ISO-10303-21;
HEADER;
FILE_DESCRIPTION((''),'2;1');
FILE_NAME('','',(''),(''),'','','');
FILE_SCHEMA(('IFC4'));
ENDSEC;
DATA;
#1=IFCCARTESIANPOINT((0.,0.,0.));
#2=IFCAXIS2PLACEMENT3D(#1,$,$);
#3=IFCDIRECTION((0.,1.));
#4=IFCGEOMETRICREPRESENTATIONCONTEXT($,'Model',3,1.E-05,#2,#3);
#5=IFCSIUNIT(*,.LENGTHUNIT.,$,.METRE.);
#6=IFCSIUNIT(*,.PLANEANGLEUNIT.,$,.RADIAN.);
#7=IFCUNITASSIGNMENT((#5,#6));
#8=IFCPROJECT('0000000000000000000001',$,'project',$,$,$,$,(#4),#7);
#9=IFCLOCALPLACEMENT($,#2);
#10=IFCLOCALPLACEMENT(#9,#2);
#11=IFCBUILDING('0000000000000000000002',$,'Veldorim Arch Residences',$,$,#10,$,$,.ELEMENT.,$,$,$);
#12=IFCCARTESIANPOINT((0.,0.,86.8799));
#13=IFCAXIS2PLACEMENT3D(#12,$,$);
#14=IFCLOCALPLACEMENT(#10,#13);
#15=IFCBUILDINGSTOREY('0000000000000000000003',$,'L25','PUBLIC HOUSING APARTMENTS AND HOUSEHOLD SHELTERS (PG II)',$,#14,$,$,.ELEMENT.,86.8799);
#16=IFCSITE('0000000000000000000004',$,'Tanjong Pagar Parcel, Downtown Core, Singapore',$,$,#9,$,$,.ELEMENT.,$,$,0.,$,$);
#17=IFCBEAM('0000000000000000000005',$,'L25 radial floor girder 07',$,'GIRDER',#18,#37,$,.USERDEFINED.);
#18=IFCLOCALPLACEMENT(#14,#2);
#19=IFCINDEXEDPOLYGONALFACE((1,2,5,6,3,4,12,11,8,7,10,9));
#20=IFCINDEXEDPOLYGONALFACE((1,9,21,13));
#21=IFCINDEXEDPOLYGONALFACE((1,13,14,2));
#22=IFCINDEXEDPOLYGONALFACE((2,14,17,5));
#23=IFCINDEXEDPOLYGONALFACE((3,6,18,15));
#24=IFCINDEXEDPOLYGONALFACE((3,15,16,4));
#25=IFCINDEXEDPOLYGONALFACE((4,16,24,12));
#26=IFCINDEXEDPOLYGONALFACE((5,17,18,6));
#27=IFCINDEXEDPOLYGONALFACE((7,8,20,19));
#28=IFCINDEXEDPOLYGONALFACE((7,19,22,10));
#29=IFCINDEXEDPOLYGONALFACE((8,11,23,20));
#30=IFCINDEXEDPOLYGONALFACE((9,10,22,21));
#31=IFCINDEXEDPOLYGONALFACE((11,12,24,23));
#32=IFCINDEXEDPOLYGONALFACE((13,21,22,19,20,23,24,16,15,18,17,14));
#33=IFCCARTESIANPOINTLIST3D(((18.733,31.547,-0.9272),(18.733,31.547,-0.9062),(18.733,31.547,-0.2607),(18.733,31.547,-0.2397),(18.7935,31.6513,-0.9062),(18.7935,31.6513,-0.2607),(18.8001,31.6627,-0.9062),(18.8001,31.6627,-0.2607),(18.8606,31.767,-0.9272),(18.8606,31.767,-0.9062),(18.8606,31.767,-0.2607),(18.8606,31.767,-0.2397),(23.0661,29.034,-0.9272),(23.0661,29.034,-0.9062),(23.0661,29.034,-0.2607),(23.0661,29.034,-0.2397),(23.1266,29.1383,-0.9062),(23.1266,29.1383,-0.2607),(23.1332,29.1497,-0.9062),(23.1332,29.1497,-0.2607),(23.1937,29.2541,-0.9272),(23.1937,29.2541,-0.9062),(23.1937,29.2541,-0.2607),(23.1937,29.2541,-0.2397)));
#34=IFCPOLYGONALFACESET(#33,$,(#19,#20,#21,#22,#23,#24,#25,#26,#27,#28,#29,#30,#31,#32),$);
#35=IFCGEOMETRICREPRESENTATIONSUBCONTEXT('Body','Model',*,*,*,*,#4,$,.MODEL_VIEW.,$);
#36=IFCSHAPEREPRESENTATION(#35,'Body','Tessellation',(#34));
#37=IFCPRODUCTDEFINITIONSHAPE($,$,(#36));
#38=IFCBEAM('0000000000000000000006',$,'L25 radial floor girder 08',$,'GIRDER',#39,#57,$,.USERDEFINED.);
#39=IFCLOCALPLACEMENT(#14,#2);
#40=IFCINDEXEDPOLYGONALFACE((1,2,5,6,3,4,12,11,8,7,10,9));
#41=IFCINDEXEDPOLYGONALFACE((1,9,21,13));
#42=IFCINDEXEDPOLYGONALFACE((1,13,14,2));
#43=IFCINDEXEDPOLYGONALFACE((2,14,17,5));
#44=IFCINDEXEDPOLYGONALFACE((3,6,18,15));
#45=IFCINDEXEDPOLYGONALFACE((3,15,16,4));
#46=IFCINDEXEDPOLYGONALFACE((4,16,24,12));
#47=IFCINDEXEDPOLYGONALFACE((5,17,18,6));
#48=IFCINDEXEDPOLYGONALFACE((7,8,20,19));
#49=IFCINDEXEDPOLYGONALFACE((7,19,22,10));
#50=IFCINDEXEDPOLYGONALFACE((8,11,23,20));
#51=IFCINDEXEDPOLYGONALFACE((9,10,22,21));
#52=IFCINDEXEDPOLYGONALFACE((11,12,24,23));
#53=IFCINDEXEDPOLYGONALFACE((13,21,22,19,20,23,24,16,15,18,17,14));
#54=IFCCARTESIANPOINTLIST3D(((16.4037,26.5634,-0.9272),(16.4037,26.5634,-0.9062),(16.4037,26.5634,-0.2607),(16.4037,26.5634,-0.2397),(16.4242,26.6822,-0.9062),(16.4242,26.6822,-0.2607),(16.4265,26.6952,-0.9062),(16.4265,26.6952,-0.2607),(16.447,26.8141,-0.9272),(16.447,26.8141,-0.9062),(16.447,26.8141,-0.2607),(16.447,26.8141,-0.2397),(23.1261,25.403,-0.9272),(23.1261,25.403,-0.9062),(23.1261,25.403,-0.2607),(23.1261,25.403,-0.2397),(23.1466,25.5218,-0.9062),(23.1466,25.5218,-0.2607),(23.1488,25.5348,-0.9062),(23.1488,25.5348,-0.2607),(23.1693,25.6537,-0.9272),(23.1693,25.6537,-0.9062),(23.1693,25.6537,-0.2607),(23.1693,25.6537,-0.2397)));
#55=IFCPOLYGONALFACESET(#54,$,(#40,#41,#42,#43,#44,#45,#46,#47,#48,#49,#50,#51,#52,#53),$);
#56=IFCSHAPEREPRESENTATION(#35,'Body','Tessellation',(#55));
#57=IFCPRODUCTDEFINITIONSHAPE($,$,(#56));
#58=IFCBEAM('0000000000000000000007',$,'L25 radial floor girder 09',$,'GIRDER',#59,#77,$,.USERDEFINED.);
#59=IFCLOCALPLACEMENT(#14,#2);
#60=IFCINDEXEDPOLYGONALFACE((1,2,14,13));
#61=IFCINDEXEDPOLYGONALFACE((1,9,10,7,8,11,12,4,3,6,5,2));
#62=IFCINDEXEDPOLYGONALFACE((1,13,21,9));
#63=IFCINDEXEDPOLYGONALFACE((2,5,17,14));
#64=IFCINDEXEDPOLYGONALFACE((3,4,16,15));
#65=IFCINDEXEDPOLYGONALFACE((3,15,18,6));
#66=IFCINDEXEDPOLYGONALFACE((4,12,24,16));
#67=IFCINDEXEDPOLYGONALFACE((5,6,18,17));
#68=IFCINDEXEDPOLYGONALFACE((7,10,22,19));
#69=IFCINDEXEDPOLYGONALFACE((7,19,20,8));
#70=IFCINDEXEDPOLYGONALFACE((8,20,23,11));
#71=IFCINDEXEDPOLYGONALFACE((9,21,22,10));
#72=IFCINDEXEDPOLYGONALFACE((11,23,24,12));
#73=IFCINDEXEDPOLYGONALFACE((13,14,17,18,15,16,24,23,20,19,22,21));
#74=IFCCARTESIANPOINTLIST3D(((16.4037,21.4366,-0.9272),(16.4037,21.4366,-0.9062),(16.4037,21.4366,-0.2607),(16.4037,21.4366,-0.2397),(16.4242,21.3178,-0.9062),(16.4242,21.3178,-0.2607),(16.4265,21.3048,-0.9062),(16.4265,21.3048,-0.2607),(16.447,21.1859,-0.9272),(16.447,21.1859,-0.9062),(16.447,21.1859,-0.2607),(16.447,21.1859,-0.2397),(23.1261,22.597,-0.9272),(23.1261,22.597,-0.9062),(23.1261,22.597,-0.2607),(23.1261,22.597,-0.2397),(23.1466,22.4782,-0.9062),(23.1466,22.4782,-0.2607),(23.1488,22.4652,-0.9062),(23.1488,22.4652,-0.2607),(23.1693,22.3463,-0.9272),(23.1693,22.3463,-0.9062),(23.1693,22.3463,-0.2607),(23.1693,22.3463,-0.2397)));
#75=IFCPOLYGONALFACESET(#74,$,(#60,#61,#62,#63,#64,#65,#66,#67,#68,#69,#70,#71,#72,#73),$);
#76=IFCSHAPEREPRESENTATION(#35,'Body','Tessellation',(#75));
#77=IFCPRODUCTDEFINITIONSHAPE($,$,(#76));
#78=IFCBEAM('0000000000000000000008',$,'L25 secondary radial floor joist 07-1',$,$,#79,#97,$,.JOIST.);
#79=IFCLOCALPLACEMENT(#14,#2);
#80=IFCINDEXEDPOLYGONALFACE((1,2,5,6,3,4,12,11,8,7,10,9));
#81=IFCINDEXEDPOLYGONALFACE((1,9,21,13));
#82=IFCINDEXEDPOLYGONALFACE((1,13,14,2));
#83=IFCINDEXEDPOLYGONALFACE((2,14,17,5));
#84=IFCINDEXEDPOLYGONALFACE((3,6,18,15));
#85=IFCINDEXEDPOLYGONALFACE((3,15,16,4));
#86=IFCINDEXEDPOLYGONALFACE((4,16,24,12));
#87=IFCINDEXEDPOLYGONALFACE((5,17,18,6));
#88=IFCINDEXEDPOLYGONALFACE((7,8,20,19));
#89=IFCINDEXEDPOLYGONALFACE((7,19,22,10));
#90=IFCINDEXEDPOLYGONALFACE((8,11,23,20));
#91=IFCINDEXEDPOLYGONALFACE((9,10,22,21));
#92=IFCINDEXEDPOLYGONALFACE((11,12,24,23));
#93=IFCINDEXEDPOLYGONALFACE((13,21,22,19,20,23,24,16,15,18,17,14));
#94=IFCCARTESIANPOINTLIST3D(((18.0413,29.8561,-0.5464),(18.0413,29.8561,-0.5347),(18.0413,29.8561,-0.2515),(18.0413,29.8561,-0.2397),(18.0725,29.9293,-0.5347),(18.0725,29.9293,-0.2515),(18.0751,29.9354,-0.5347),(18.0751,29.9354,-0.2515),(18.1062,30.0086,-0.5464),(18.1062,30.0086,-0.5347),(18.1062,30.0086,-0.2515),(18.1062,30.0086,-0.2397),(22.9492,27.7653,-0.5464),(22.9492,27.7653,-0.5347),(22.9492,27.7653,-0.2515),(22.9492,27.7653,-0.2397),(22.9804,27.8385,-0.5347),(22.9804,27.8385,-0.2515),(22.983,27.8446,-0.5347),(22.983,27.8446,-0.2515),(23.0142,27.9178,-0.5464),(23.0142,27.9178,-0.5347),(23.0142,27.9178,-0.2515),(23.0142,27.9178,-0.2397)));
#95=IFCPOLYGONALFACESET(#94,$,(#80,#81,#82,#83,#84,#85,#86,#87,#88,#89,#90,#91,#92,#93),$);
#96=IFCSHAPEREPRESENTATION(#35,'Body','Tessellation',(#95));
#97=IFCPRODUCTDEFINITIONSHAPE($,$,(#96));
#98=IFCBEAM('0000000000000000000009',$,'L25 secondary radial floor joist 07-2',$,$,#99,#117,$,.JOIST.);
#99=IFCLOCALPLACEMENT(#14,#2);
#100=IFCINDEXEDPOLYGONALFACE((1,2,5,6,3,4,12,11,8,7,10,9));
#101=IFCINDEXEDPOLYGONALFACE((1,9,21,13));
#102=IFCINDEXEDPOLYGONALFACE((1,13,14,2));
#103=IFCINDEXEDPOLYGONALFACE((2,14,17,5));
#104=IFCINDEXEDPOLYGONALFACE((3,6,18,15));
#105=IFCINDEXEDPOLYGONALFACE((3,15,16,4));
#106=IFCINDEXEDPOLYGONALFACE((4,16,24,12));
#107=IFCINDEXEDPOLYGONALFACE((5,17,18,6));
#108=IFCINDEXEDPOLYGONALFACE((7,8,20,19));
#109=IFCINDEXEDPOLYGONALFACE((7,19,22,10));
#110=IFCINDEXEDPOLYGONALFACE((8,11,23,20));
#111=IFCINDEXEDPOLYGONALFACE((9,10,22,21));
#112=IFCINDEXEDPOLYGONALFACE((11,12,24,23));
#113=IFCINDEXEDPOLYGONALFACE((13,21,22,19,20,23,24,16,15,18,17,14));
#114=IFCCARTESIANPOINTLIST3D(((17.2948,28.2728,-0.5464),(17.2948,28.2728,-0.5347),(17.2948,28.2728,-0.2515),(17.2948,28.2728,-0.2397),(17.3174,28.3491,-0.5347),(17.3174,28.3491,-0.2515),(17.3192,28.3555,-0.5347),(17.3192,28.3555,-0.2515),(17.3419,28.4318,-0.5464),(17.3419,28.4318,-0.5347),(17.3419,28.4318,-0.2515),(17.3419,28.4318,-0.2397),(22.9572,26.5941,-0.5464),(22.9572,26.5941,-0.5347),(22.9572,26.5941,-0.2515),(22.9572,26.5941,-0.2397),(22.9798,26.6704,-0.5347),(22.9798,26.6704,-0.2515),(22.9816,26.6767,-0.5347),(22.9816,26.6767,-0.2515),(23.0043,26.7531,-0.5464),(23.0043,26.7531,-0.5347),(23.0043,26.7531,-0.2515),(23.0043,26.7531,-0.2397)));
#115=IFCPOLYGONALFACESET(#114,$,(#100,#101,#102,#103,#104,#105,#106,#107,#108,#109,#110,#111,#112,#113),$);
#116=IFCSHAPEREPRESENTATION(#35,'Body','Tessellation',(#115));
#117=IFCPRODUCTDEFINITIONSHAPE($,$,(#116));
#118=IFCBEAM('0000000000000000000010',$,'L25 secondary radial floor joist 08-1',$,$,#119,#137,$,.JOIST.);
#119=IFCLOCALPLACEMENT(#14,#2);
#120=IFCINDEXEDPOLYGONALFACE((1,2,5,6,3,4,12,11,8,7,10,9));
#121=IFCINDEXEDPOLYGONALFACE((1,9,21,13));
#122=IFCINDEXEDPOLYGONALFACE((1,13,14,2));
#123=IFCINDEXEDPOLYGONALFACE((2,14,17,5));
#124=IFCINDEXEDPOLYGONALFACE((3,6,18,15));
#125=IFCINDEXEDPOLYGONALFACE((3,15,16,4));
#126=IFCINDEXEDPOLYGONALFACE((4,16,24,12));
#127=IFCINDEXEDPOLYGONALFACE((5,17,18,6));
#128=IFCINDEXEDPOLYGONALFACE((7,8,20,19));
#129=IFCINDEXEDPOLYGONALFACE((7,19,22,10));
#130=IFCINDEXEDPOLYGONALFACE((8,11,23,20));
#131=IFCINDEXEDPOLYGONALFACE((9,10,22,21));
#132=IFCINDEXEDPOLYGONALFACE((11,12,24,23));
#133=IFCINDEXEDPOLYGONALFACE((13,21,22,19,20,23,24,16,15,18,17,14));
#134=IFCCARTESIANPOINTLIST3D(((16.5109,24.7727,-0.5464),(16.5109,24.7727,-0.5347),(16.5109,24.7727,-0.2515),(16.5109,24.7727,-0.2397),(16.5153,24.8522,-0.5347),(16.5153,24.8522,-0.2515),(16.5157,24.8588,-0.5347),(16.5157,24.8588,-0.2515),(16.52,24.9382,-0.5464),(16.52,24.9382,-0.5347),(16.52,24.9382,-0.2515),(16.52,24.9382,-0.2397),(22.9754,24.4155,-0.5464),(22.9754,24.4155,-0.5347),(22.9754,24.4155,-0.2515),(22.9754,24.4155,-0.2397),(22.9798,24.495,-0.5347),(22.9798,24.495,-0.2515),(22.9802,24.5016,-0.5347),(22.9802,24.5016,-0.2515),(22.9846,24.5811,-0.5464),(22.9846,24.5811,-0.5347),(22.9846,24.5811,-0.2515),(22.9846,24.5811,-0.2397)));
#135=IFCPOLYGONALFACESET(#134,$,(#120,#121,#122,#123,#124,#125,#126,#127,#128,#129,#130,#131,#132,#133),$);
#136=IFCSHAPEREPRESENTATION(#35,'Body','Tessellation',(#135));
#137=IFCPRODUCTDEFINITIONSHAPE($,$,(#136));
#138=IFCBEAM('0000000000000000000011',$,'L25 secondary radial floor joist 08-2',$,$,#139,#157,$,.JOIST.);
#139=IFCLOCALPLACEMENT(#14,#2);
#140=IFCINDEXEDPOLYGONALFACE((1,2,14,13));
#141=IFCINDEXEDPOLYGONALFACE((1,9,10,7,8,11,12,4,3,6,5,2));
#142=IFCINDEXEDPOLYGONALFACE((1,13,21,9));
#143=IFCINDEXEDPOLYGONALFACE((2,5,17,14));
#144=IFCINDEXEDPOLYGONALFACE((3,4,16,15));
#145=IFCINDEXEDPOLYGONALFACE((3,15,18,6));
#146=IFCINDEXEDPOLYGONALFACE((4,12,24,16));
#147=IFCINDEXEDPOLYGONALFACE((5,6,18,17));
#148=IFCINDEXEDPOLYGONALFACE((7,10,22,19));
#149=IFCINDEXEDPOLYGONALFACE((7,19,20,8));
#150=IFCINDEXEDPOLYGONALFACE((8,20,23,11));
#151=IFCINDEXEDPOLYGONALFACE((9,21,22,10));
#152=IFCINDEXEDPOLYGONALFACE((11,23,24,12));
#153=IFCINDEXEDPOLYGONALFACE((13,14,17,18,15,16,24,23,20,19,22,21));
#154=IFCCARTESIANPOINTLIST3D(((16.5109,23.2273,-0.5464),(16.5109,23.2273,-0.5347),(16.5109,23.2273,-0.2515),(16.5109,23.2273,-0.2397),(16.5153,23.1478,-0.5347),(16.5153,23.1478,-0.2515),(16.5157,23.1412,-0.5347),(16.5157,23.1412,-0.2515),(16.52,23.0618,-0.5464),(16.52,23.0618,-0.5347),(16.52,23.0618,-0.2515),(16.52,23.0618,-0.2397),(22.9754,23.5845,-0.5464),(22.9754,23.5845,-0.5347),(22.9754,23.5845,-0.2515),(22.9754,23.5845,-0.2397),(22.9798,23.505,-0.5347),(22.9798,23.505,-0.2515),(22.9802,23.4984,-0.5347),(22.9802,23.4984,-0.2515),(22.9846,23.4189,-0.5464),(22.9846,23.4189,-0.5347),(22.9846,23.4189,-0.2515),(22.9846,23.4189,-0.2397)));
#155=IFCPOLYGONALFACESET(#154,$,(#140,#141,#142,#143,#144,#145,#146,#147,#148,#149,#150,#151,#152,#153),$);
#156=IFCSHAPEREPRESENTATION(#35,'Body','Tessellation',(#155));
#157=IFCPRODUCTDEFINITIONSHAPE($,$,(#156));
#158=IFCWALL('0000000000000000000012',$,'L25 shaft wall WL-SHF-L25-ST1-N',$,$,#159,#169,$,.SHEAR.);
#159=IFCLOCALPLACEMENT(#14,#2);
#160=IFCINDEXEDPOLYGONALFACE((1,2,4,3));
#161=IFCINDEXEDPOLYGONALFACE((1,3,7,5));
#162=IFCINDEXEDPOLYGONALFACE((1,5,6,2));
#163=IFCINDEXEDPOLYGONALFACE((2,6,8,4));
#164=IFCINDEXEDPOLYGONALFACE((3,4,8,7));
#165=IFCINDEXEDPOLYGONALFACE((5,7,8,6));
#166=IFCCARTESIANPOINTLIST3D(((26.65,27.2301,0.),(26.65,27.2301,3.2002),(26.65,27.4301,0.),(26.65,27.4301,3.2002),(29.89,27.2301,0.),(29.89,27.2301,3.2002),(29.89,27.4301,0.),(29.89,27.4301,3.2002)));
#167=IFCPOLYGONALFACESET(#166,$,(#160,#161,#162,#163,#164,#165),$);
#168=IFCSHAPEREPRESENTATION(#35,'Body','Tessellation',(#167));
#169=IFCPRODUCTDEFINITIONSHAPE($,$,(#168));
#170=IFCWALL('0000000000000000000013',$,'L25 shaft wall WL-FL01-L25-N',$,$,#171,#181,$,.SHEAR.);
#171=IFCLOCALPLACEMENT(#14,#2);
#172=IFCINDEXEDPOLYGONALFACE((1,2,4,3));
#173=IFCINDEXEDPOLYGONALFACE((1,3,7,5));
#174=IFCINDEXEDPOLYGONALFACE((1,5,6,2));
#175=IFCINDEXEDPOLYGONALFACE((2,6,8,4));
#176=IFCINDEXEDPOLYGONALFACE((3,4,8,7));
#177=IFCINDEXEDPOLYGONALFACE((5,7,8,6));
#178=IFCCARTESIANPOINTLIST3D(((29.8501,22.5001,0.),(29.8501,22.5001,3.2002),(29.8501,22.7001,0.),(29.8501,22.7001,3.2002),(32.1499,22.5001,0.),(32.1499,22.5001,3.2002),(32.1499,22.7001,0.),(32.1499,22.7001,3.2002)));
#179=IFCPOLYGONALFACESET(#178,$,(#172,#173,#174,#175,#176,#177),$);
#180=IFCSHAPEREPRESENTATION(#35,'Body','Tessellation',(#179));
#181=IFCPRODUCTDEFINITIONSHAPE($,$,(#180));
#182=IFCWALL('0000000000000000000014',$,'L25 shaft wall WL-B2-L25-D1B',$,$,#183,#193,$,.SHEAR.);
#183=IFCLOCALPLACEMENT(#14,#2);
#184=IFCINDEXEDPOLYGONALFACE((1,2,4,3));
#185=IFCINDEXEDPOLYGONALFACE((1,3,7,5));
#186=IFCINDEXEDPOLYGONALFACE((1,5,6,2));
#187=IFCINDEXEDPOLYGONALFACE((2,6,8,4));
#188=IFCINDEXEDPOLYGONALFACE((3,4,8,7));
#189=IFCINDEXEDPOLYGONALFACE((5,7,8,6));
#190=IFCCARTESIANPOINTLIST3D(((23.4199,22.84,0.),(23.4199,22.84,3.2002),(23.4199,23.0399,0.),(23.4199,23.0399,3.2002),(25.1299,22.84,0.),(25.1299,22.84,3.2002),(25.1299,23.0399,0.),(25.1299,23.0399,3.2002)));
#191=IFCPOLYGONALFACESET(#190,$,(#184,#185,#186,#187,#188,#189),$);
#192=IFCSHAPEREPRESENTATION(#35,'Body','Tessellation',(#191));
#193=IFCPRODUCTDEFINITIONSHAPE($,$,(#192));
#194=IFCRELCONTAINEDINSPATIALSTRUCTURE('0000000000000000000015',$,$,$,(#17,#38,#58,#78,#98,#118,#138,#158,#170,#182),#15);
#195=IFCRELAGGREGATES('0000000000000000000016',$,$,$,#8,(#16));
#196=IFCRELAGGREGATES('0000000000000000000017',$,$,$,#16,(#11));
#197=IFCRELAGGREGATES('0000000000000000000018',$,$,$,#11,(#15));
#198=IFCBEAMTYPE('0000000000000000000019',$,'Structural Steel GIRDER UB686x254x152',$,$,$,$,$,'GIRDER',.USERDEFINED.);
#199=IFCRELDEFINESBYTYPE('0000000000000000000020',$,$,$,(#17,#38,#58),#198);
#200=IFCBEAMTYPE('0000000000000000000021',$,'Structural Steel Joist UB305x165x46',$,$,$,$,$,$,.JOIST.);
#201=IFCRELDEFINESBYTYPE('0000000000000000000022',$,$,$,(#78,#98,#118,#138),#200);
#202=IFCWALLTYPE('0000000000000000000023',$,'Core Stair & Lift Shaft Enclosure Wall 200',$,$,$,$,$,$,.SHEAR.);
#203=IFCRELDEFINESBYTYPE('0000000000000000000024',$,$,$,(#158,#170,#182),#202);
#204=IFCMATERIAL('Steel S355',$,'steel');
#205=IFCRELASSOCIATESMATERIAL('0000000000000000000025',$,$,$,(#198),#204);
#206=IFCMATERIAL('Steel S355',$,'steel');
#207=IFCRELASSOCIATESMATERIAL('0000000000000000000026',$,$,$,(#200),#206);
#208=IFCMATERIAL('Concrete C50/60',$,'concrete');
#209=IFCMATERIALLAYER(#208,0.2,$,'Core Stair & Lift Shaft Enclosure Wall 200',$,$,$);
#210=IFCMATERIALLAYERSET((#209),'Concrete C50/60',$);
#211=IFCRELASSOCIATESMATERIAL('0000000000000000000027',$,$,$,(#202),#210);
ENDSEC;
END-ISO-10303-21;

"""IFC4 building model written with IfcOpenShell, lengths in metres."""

from ifc_helpers import new_model, si_unit, direction, frame, frame_2d, origin, origin_2d, place, context, subcontext, project, spatial, rectangle, i_section, extrude, material, layer, layer_set, material_profile, profile_set, type_object, element, save


model = new_model("IFC4")

# Units and contexts
model_context = context("Model", 3, precision=1e-05, world=origin(), true_north=direction((0.0, 1.0)))
body_context = subcontext(model_context, "Body", "Model", "MODEL_VIEW")
ifc_project = project(units=[si_unit("LENGTHUNIT", "METRE"), si_unit("PLANEANGLEUNIT", "RADIAN")], contexts=[model_context])

# Site, building, storey
site_placement = place(None, origin())
site = spatial("IfcSite", under=ifc_project, at=site_placement, Name="Tanjong Pagar Parcel, Downtown Core, Singapore", CompositionType="ELEMENT", RefElevation=0.0)
building_placement = place(site_placement, origin())
building = spatial("IfcBuilding", under=site, at=building_placement, Name="Veldorim Arch Residences", CompositionType="ELEMENT")
storey_placement = place(building_placement, frame((0.0, 0.0, 86.8799)))
storey = spatial("IfcBuildingStorey", under=building, at=storey_placement, Name="L25", Description="PUBLIC HOUSING APARTMENTS AND HOUSEHOLD SHELTERS (PG II)", CompositionType="ELEMENT", Elevation=86.8799)

# Beams
ifc_material_1 = material(Name="Steel S355", Category="steel")
ifc_material_profile_1 = material_profile(ifc_material_1, i_section(OverallWidth=0.2544, OverallDepth=0.6875, WebThickness=0.0132, FlangeThickness=0.021, at=origin_2d()), Name="UB686x254x152")
ifc_profile_set_1 = profile_set([ifc_material_profile_1], Name="Steel S355")
beam_type_1 = type_object("IfcBeamType", Name="Structural Steel GIRDER UB686x254x152", ElementType="GIRDER", PredefinedType="USERDEFINED", material=ifc_profile_set_1)
beam_1_placement = place(storey_placement, frame((23.1299, 29.144, -0.5835), z_axis=(-0.865049, 0.501687, 0.0), x_axis=(-0.501687, -0.865049, 0.0)))
element("IfcBeam", 1, at=beam_1_placement, inside=storey, type_object=beam_type_1, Name="L25 radial floor girder 07", ObjectType="GIRDER", PredefinedType="USERDEFINED", context=body_context, shape_type="SweptSolid", body=[
    extrude(i_section(OverallWidth=0.2544, OverallDepth=0.6875, WebThickness=0.0132, FlangeThickness=0.021, at=origin_2d()), origin(), (0.0, 0.0, 1.0), 5.009),
])
for number, where, z_axis, x_axis, name in (
    (2, (23.1477, 25.5283, -0.5835), (-0.985427, 0.170101, 0.0), (-0.170101, -0.985427, 0.0), "L25 radial floor girder 08"),
    (3, (23.1477, 22.4717, -0.5835), (-0.985427, -0.170101, 0.0), (0.170101, -0.985427, 0.0), "L25 radial floor girder 09"),
):
    element("IfcBeam", number, at=place(storey_placement, frame(where, z_axis=z_axis, x_axis=x_axis)), inside=storey, type_object=beam_type_1, Name=name, ObjectType="GIRDER", PredefinedType="USERDEFINED", context=body_context, shape_type="SweptSolid", body=[
        extrude(i_section(OverallWidth=0.2544, OverallDepth=0.6875, WebThickness=0.0132, FlangeThickness=0.021, at=origin_2d()), origin(), (0.0, 0.0, 1.0), 6.8218),
    ])
ifc_material_2 = material(Name="Steel S355", Category="steel")
ifc_material_profile_2 = material_profile(ifc_material_2, i_section(OverallWidth=0.1658, OverallDepth=0.3066, WebThickness=0.0066, FlangeThickness=0.0117, at=origin_2d()), Name="UB305x165x46")
ifc_profile_set_2 = profile_set([ifc_material_profile_2], Name="Steel S355")
beam_type_2 = type_object("IfcBeamType", Name="Structural Steel Joist UB305x165x46", PredefinedType="JOIST", material=ifc_profile_set_2)
beam_2_placement = place(storey_placement, frame((22.9817, 27.8416, -0.3931), z_axis=(-0.919997, 0.391924, 0.0), x_axis=(-0.391924, -0.919997, 0.0)))
element("IfcBeam", 4, at=beam_2_placement, inside=storey, type_object=beam_type_2, Name="L25 secondary radial floor joist 07-1", PredefinedType="JOIST", context=body_context, shape_type="SweptSolid", body=[
    extrude(i_section(OverallWidth=0.1658, OverallDepth=0.3066, WebThickness=0.0066, FlangeThickness=0.0117, at=origin_2d()), origin(), (0.0, 0.0, 1.0), 5.3347),
])
beam_3_placement = place(storey_placement, frame((22.9807, 26.6736, -0.3931), z_axis=(-0.958753, 0.28424, 0.0), x_axis=(-0.28424, -0.958753, 0.0)))
element("IfcBeam", 5, at=beam_3_placement, inside=storey, type_object=beam_type_2, Name="L25 secondary radial floor joist 07-2", PredefinedType="JOIST", context=body_context, shape_type="SweptSolid", body=[
    extrude(i_section(OverallWidth=0.1658, OverallDepth=0.3066, WebThickness=0.0066, FlangeThickness=0.0117, at=origin_2d()), origin(), (0.0, 0.0, 1.0), 5.906),
])
for number, where, z_axis, x_axis, name in (
    (6, (22.98, 24.4983, -0.3931), (-0.998477, 0.055167, 0.0), (-0.055167, -0.998477, 0.0), "L25 secondary radial floor joist 08-1"),
    (7, (22.98, 23.5017, -0.3931), (-0.998477, -0.055167, 0.0), (0.055167, -0.998477, 0.0), "L25 secondary radial floor joist 08-2"),
):
    element("IfcBeam", number, at=place(storey_placement, frame(where, z_axis=z_axis, x_axis=x_axis)), inside=storey, type_object=beam_type_2, Name=name, PredefinedType="JOIST", context=body_context, shape_type="SweptSolid", body=[
        extrude(i_section(OverallWidth=0.1658, OverallDepth=0.3066, WebThickness=0.0066, FlangeThickness=0.0117, at=origin_2d()), origin(), (0.0, 0.0, 1.0), 6.4744),
    ])

# Walls
ifc_material_3 = material(Name="Concrete C50/60", Category="concrete")
ifc_layer_1 = layer(ifc_material_3, 0.2, Name="Core Stair & Lift Shaft Enclosure Wall 200")
ifc_layer_set_1 = layer_set([ifc_layer_1], Name="Concrete C50/60")
wall_type_1 = type_object("IfcWallType", Name="Core Stair & Lift Shaft Enclosure Wall 200", PredefinedType="SHEAR", material=ifc_layer_set_1)
wall_1_placement = place(storey_placement, frame((26.6499, 27.3301, 0.0), z_axis=(0.0, 0.0, 1.0), x_axis=(1.0, 0.0, 0.0)))
element("IfcWall", 8, at=wall_1_placement, inside=storey, type_object=wall_type_1, Name="L25 shaft wall WL-SHF-L25-ST1-N", PredefinedType="SHEAR", context=body_context, shape_type="SweptSolid", body=[
    extrude(rectangle(XDim=3.24, YDim=0.2, at=frame_2d((1.6201, 0.0))), origin(), (0.0, 0.0, 1.0), 3.2002),
])
wall_2_placement = place(storey_placement, frame((29.8501, 22.6001, 0.0), z_axis=(0.0, 0.0, 1.0), x_axis=(1.0, 0.0, 0.0)))
element("IfcWall", 9, at=wall_2_placement, inside=storey, type_object=wall_type_1, Name="L25 shaft wall WL-FL01-L25-N", PredefinedType="SHEAR", context=body_context, shape_type="SweptSolid", body=[
    extrude(rectangle(XDim=2.2998, YDim=0.2, at=frame_2d((1.1499, 0.0))), origin(), (0.0, 0.0, 1.0), 3.2002),
])
for number, where, z_axis, x_axis, name in (
    (10, (23.4199, 22.9399, 0.0), (0.0, 0.0, 1.0), (1.0, 0.0, 0.0), "L25 shaft wall WL-B2-L25-D1B"),
):
    element("IfcWall", number, at=place(storey_placement, frame(where, z_axis=z_axis, x_axis=x_axis)), inside=storey, type_object=wall_type_1, Name=name, PredefinedType="SHEAR", context=body_context, shape_type="SweptSolid", body=[
        extrude(rectangle(XDim=1.71, YDim=0.2, at=frame_2d((0.855, 0.0))), origin(), (0.0, 0.0, 1.0), 3.2002),
    ])

save(model, "model.ifc")
